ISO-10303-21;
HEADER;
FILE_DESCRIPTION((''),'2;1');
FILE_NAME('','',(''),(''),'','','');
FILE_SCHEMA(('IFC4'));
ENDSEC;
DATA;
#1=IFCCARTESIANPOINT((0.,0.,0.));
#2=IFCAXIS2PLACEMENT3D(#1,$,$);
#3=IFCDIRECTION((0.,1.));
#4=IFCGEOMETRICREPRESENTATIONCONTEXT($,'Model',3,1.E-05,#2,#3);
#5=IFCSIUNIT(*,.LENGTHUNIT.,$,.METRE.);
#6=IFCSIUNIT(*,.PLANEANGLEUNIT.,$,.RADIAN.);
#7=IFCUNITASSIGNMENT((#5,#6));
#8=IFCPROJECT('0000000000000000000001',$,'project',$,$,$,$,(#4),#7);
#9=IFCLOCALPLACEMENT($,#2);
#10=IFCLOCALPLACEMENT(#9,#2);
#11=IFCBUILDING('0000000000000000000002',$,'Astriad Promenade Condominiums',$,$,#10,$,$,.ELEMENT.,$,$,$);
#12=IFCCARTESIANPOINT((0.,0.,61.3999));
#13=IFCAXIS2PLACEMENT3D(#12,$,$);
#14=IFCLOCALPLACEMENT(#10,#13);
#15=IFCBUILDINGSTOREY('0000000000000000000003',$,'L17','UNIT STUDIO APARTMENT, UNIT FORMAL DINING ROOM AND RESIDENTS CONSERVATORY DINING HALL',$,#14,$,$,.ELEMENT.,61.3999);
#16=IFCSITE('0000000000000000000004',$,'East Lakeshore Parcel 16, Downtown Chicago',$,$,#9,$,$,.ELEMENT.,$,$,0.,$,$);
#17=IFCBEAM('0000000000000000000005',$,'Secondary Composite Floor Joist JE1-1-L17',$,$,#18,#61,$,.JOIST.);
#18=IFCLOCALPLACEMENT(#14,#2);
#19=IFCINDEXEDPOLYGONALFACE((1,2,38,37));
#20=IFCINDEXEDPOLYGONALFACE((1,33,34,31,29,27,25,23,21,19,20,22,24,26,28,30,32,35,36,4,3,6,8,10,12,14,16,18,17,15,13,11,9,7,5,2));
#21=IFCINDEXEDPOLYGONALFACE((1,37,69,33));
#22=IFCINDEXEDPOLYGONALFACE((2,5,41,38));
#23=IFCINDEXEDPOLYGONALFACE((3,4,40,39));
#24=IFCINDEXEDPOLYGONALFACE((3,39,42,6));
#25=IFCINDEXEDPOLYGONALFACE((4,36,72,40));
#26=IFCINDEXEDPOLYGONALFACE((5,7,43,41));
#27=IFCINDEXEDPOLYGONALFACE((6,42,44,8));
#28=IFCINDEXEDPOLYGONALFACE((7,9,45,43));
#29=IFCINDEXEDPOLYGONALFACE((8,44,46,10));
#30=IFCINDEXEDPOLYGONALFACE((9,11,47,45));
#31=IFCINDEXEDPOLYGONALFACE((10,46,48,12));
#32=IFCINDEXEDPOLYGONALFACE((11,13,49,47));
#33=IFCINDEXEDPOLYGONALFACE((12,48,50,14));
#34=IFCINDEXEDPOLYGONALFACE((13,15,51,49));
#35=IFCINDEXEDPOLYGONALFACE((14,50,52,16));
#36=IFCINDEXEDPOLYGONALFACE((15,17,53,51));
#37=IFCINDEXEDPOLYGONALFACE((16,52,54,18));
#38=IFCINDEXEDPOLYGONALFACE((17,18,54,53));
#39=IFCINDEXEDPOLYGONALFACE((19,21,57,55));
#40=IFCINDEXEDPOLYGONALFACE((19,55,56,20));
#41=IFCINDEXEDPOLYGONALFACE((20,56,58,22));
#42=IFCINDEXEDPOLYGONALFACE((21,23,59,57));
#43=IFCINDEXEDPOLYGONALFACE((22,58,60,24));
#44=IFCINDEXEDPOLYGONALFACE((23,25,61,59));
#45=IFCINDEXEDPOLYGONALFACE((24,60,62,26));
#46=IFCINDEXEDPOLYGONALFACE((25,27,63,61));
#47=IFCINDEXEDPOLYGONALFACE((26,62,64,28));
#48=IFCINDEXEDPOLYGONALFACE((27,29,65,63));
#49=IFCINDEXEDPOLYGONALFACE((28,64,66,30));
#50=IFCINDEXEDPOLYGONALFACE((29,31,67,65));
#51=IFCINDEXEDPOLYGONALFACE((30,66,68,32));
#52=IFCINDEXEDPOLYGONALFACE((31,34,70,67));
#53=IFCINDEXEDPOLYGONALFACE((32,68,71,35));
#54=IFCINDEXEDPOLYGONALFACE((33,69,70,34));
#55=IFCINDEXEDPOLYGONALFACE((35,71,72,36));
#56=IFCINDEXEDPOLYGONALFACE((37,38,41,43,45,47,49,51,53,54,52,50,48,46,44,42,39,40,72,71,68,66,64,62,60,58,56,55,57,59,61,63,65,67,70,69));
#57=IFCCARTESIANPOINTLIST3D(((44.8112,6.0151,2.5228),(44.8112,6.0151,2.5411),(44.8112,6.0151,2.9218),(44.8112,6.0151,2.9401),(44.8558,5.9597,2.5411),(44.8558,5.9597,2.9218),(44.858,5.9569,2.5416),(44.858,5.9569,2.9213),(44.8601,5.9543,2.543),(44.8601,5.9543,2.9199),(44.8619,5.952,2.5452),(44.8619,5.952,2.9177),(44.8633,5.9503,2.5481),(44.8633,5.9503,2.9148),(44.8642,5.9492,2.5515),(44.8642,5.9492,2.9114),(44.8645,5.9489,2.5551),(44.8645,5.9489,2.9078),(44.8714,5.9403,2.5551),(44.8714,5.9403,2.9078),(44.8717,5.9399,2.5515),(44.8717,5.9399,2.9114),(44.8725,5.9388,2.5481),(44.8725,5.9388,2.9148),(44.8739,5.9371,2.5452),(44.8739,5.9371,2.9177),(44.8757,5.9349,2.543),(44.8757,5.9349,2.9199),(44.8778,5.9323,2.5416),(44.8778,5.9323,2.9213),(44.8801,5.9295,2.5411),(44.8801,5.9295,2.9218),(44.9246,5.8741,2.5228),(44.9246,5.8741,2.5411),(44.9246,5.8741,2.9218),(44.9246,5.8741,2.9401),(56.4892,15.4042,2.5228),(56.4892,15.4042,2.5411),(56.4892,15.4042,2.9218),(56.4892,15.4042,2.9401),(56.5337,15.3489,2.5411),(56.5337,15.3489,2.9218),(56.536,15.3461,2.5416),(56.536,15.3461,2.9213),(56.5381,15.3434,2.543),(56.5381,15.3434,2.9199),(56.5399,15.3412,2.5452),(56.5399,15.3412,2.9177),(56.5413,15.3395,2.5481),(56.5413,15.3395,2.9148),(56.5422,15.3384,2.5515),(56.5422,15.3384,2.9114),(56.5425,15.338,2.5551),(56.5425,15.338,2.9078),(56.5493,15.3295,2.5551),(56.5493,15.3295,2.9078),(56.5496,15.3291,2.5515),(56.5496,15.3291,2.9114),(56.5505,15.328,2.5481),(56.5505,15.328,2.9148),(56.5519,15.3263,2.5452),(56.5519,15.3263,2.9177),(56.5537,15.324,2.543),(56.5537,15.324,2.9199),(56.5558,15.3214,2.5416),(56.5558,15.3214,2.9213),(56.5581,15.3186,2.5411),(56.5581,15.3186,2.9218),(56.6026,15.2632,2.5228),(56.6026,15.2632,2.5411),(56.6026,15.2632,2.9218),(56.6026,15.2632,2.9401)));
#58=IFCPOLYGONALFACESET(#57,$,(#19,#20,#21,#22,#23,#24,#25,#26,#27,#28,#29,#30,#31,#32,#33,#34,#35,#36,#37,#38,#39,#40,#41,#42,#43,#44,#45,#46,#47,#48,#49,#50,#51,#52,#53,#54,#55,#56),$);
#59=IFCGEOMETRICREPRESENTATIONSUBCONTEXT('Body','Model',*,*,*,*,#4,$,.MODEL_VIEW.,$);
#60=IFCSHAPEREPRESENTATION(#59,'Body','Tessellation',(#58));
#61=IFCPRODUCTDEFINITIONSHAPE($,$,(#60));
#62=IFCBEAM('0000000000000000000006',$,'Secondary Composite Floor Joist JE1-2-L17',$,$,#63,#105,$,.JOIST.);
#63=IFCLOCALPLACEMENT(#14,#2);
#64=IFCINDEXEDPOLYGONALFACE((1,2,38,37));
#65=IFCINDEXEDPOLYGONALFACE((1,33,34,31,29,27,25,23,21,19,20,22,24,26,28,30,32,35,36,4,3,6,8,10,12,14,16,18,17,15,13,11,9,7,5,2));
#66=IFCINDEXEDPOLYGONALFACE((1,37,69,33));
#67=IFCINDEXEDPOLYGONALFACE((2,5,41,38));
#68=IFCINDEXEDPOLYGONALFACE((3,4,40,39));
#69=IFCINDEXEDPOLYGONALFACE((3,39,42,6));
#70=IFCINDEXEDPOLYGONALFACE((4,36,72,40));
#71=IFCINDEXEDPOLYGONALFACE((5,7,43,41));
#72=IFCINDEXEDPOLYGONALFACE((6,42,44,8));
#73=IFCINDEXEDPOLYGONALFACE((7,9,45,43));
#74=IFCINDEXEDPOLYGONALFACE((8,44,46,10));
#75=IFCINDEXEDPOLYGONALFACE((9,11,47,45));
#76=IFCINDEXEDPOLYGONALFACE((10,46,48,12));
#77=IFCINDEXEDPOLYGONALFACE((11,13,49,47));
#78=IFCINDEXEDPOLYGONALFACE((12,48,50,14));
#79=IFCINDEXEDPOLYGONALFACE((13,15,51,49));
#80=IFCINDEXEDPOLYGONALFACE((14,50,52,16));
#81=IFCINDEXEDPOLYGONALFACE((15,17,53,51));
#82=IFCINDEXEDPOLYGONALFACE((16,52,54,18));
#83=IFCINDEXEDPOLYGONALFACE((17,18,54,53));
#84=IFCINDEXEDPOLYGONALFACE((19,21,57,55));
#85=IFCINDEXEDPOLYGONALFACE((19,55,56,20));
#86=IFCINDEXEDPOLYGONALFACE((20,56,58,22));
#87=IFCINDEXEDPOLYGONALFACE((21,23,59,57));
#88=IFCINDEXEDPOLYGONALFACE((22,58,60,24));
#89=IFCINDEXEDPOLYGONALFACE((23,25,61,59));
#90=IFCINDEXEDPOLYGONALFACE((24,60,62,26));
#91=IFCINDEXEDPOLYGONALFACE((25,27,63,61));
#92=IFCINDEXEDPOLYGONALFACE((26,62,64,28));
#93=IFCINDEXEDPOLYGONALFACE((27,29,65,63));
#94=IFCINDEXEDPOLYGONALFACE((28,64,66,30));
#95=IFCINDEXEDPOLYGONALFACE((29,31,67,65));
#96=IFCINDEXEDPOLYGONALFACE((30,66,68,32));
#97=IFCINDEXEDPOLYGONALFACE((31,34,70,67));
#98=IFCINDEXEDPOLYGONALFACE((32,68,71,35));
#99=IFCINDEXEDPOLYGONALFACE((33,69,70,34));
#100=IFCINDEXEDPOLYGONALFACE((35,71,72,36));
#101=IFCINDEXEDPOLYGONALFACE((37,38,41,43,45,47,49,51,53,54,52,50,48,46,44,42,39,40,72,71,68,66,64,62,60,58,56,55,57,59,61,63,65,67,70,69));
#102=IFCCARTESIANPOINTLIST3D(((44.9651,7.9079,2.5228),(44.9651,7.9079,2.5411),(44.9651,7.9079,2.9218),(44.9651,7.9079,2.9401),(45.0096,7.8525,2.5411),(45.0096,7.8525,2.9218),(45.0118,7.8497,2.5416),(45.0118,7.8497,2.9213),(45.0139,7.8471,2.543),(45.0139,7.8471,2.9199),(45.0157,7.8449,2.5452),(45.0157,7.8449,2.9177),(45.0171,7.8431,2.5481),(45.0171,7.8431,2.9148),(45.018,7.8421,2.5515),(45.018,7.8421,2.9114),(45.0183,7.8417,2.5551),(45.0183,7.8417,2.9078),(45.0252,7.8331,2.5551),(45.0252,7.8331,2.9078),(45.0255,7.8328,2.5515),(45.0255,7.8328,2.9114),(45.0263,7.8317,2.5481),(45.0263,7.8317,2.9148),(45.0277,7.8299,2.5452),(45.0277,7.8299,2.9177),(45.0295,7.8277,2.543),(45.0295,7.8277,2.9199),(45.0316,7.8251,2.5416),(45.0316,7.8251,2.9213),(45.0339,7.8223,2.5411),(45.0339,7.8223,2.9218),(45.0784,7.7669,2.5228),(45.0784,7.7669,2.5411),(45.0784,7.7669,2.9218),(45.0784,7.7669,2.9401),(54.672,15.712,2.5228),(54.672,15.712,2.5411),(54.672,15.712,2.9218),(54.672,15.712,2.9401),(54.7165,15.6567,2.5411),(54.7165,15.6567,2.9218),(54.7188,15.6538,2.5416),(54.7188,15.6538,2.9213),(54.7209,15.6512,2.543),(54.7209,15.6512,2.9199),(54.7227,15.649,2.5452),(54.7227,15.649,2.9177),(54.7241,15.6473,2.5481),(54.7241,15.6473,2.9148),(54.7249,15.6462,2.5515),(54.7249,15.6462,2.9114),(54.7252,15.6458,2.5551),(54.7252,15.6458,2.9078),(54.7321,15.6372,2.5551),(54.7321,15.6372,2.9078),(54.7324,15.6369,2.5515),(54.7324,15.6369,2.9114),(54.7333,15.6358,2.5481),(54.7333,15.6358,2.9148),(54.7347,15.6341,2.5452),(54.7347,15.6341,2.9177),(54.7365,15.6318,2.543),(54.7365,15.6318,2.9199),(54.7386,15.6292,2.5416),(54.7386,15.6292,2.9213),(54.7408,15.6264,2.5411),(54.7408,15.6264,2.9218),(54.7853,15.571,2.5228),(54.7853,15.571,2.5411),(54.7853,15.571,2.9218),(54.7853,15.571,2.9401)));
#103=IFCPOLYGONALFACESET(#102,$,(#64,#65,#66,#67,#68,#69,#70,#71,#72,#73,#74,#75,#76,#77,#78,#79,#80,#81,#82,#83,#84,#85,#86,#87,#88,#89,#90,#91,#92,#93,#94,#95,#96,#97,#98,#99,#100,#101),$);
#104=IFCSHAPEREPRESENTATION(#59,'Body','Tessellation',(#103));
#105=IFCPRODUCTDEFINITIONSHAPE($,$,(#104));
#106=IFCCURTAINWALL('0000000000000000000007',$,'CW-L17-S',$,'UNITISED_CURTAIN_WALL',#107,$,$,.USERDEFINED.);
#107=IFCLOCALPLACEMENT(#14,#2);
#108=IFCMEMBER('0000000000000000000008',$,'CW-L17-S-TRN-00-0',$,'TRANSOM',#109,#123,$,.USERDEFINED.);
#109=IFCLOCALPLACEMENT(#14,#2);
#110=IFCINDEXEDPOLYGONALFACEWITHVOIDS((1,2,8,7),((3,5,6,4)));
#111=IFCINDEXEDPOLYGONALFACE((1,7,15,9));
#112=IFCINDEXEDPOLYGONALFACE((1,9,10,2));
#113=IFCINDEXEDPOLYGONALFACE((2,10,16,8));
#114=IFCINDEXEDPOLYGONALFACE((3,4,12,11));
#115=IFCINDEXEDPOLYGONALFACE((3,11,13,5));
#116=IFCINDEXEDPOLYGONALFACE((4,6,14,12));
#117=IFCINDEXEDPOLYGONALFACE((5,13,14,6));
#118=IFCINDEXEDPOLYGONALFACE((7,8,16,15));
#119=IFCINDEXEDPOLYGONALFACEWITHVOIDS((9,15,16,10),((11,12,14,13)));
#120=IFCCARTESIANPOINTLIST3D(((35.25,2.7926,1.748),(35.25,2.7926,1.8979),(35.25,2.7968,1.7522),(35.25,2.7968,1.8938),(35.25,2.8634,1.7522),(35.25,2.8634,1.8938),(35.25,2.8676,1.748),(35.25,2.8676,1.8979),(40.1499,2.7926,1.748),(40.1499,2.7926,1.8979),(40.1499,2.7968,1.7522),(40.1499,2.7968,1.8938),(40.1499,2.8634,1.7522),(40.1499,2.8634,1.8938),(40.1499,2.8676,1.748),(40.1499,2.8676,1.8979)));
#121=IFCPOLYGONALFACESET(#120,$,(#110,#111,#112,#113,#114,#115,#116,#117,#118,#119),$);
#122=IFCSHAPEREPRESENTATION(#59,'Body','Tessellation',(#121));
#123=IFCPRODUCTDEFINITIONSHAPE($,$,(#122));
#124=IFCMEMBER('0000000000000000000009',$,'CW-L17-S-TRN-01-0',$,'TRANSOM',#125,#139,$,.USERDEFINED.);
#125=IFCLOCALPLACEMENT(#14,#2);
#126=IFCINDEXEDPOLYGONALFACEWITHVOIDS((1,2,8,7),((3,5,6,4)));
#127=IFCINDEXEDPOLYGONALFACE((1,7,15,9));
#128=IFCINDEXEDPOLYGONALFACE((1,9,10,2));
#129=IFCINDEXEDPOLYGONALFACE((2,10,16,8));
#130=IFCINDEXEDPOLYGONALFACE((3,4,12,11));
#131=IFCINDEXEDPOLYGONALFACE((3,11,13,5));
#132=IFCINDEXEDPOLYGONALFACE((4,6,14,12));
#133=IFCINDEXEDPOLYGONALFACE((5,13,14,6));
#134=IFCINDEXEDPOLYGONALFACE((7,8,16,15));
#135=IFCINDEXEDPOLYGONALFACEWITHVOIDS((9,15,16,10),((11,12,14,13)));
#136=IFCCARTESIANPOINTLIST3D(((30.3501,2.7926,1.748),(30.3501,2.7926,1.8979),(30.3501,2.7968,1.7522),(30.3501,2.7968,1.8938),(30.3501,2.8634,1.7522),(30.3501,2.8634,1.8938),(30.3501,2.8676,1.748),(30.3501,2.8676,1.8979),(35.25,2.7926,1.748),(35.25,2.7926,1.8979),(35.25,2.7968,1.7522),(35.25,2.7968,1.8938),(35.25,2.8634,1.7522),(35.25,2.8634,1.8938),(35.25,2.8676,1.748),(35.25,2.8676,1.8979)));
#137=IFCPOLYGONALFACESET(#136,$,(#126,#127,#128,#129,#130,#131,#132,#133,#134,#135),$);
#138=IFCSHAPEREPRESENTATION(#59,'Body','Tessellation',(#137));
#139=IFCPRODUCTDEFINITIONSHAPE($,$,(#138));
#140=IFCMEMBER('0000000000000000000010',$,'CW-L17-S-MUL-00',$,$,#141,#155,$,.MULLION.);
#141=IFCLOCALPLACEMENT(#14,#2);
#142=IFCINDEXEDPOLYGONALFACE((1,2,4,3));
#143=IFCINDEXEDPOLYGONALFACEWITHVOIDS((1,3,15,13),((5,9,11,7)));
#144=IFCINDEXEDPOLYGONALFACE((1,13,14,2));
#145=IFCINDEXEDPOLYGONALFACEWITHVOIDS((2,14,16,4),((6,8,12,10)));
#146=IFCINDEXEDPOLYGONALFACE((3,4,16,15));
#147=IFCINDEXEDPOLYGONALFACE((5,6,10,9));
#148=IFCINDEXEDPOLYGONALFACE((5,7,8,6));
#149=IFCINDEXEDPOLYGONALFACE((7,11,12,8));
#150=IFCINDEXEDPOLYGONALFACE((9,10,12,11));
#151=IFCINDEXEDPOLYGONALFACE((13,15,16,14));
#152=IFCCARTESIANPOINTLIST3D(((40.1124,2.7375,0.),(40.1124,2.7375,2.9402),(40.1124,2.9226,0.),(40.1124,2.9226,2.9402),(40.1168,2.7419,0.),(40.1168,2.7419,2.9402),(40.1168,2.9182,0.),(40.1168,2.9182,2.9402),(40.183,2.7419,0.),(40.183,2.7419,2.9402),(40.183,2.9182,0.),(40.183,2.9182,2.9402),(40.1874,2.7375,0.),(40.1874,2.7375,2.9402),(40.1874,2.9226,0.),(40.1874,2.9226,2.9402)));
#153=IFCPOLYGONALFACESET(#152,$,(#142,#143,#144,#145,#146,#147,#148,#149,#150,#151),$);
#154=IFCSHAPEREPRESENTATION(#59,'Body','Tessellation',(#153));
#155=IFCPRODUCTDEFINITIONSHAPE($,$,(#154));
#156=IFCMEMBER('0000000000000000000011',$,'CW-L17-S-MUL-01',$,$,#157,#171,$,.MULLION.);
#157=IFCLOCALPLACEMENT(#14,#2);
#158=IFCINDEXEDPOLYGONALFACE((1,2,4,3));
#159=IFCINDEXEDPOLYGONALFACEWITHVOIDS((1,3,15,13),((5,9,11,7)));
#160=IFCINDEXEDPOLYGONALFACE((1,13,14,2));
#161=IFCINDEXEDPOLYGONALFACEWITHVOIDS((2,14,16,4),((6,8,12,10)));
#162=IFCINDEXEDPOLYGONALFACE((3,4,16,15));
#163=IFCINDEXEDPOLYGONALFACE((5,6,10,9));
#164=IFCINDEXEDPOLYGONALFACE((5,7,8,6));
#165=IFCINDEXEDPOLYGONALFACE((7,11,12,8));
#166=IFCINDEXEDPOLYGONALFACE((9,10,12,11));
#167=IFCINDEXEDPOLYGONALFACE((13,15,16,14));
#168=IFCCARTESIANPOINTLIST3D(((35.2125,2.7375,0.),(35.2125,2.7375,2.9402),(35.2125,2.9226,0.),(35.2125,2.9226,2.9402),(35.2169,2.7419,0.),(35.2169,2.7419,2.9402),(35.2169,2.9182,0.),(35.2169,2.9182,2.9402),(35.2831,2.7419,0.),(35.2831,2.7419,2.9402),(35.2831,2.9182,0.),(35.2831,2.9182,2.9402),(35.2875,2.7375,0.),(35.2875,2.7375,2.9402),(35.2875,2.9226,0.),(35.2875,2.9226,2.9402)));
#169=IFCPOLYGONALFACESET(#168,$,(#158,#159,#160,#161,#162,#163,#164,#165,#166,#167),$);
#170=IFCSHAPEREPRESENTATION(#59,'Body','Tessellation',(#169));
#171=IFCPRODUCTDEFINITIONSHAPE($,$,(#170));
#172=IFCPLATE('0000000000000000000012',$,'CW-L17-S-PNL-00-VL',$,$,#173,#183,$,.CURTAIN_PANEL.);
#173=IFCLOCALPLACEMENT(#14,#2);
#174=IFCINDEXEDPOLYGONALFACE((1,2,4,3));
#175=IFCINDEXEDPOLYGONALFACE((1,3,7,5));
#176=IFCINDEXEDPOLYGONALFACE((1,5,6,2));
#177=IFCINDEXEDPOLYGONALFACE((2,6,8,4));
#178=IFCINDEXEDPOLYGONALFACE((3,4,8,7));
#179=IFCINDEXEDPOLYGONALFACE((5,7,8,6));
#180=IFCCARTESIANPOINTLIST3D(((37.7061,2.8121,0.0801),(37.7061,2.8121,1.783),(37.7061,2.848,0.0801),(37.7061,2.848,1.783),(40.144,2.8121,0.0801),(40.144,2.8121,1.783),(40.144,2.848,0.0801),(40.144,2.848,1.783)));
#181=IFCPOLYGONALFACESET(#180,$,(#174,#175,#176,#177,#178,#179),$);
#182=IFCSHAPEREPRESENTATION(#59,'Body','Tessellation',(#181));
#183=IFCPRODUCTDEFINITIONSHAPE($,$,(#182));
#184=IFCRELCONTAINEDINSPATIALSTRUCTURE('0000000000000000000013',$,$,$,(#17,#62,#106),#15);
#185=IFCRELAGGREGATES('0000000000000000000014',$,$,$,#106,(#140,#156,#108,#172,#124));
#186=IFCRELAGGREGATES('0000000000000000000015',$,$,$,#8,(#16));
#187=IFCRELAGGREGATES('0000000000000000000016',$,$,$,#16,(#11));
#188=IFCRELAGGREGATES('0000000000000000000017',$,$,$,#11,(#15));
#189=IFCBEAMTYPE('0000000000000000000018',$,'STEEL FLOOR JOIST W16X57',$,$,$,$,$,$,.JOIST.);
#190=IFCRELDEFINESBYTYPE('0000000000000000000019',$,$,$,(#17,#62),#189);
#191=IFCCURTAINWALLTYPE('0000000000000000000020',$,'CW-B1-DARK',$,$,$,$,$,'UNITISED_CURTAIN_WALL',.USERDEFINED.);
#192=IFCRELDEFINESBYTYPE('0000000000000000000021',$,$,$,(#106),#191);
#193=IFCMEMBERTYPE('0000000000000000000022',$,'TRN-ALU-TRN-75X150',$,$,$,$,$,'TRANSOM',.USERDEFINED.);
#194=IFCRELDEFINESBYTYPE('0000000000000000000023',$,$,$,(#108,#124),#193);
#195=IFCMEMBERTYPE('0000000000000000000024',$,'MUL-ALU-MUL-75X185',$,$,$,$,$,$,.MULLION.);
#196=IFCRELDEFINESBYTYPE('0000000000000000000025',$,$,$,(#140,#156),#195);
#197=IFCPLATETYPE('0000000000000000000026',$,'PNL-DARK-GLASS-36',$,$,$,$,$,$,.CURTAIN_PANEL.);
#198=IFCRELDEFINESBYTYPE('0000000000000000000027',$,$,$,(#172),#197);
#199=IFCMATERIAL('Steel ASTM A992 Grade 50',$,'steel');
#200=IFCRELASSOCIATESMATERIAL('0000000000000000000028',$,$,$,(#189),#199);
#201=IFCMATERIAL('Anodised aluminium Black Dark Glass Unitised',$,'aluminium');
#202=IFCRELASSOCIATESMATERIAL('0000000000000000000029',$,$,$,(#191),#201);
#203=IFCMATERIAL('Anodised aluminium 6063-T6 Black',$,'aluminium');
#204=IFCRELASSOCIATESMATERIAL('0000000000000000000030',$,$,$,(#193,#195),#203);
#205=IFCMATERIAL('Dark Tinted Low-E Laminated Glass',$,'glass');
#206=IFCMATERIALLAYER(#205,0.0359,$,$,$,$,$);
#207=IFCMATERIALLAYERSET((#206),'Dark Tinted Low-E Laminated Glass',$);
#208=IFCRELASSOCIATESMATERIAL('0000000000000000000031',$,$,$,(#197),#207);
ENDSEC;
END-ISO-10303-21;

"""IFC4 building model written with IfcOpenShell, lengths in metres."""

from ifc_helpers import new_model, si_unit, direction, frame, origin, origin_2d, place, context, subcontext, project, spatial, rectangle, hollow_rectangle, i_section, extrude, source, transform, mapped, material, layer, layer_set, material_profile, profile_set, type_object, type_shapes, element, aggregate, save


model = new_model("IFC4")

# Units and contexts
model_context = context("Model", 3, precision=1e-05, world=origin(), true_north=direction((0.0, 1.0)))
body_context = subcontext(model_context, "Body", "Model", "MODEL_VIEW")
ifc_project = project(units=[si_unit("LENGTHUNIT", "METRE"), si_unit("PLANEANGLEUNIT", "RADIAN")], contexts=[model_context])

# Site, building, storey
site_placement = place(None, origin())
site = spatial("IfcSite", under=ifc_project, at=site_placement, Name="East Lakeshore Parcel 16, Downtown Chicago", CompositionType="ELEMENT", RefElevation=0.0)
building_placement = place(site_placement, origin())
building = spatial("IfcBuilding", under=site, at=building_placement, Name="Astriad Promenade Condominiums", CompositionType="ELEMENT")
storey_placement = place(building_placement, frame((0.0, 0.0, 61.3999)))
storey = spatial("IfcBuildingStorey", under=building, at=storey_placement, Name="L17", Description="UNIT STUDIO APARTMENT, UNIT FORMAL DINING ROOM AND RESIDENTS CONSERVATORY DINING HALL", CompositionType="ELEMENT", Elevation=61.3999)

# Beams
ifc_material_1 = material(Name="Steel ASTM A992 Grade 50", Category="steel")
ifc_material_profile_1 = material_profile(ifc_material_1, i_section(OverallWidth=0.1809, OverallDepth=0.4172, WebThickness=0.011, FlangeThickness=0.0183, FilletRadius=0.0139, at=origin_2d()), Name="W16X57")
ifc_profile_set_1 = profile_set([ifc_material_profile_1], Name="Steel ASTM A992 Grade 50")
beam_type_1 = type_object("IfcBeamType", Name="STEEL FLOOR JOIST W16X57", PredefinedType="JOIST", material=ifc_profile_set_1)
shared_shape_1 = source(origin(), body_context, "Body", "SweptSolid", [
    extrude(i_section(OverallWidth=0.1809, OverallDepth=0.4172, WebThickness=0.011, FlangeThickness=0.0183, FilletRadius=0.0139, at=origin_2d()), origin(), (0.0, 0.0, 1.0), 14.9844),
])
beam_1_placement = place(storey_placement, frame((44.8679, 5.9446, 2.7314), z_axis=(0.779344, 0.626597, 0.0), x_axis=(-0.626597, 0.779344, 0.0)))
element("IfcBeam", 1, at=beam_1_placement, inside=storey, type_object=beam_type_1, Name="Secondary Composite Floor Joist JE1-1-L17", PredefinedType="JOIST", context=body_context, shape_type="MappedRepresentation", body=[
    mapped(shared_shape_1, transform((0.0, 0.0, 0.0), scale=1.0)),
])
shared_shape_2 = source(origin(), body_context, "Body", "SweptSolid", [
    extrude(i_section(OverallWidth=0.1809, OverallDepth=0.4172, WebThickness=0.011, FlangeThickness=0.0183, FilletRadius=0.0139, at=origin_2d()), origin(), (0.0, 0.0, 1.0), 12.4551),
])
type_shapes(beam_type_1, [shared_shape_1, shared_shape_2])
beam_2_placement = place(storey_placement, frame((45.0217, 7.8374, 2.7314), z_axis=(0.779356, 0.626582, 0.0), x_axis=(-0.626582, 0.779356, 0.0)))
element("IfcBeam", 2, at=beam_2_placement, inside=storey, type_object=beam_type_1, Name="Secondary Composite Floor Joist JE1-2-L17", PredefinedType="JOIST", context=body_context, shape_type="MappedRepresentation", body=[
    mapped(shared_shape_2, transform((0.0, 0.0, 0.0), scale=1.0)),
])

# Curtain wall, members, plate
ifc_material_2 = material(Name="Anodised aluminium Black Dark Glass Unitised", Category="aluminium")
curtain_wall_type = type_object("IfcCurtainWallType", Name="CW-B1-DARK", ElementType="UNITISED_CURTAIN_WALL", PredefinedType="USERDEFINED", material=ifc_material_2)
curtain_wall_placement = place(storey_placement, origin())
curtain_wall = element("IfcCurtainWall", 3, at=curtain_wall_placement, inside=storey, type_object=curtain_wall_type, Name="CW-L17-S", ObjectType="UNITISED_CURTAIN_WALL", PredefinedType="USERDEFINED")
ifc_material_3 = material(Name="Anodised aluminium 6063-T6 Black", Category="aluminium")
ifc_material_profile_2 = material_profile(ifc_material_3, hollow_rectangle(XDim=0.075, YDim=0.1499, WallThickness=0.0042, at=origin_2d()), Name="ALU-TRN-75X150")
ifc_profile_set_2 = profile_set([ifc_material_profile_2], Name="Anodised aluminium 6063-T6 Black")
member_type_1 = type_object("IfcMemberType", Name="TRN-ALU-TRN-75X150", ElementType="TRANSOM", PredefinedType="USERDEFINED", material=ifc_profile_set_2)
shared_shape_3 = source(origin(), body_context, "Body", "SweptSolid", [
    extrude(hollow_rectangle(XDim=0.075, YDim=0.1499, WallThickness=0.0042, at=origin_2d()), origin(), (0.0, 0.0, 1.0), 4.8999),
])
type_shapes(member_type_1, [shared_shape_3])
member_1_placement = place(storey_placement, frame((40.1499, 2.8301, 1.823), z_axis=(-1.0, 0.0, 0.0), x_axis=(0.0, -1.0, 0.0)))
member_1 = element("IfcMember", 4, at=member_1_placement, type_object=member_type_1, Name="CW-L17-S-TRN-00-0", ObjectType="TRANSOM", PredefinedType="USERDEFINED", context=body_context, shape_type="MappedRepresentation", body=[
    mapped(shared_shape_3, transform((0.0, 0.0, 0.0), scale=1.0)),
])
member_2_placement = place(storey_placement, frame((35.25, 2.8301, 1.823), z_axis=(-1.0, 0.0, 0.0), x_axis=(0.0, -1.0, 0.0)))
member_2 = element("IfcMember", 5, at=member_2_placement, type_object=member_type_1, Name="CW-L17-S-TRN-01-0", ObjectType="TRANSOM", PredefinedType="USERDEFINED", context=body_context, shape_type="MappedRepresentation", body=[
    mapped(shared_shape_3, transform((0.0, 0.0, 0.0), scale=1.0)),
])
ifc_material_profile_3 = material_profile(ifc_material_3, hollow_rectangle(XDim=0.075, YDim=0.1851, WallThickness=0.0044, at=origin_2d()), Name="ALU-MUL-75X185")
ifc_profile_set_3 = profile_set([ifc_material_profile_3], Name="Anodised aluminium 6063-T6 Black")
member_type_2 = type_object("IfcMemberType", Name="MUL-ALU-MUL-75X185", PredefinedType="MULLION", material=ifc_profile_set_3)
shared_shape_4 = source(origin(), body_context, "Body", "SweptSolid", [
    extrude(hollow_rectangle(XDim=0.075, YDim=0.1851, WallThickness=0.0044, at=origin_2d()), origin(), (0.0, 0.0, 1.0), 2.9402),
])
type_shapes(member_type_2, [shared_shape_4])
member_3_placement = place(storey_placement, frame((40.1499, 2.8301, 0.0), z_axis=(0.0, 0.0, 1.0), x_axis=(1.0, 0.0, 0.0)))
member_3 = element("IfcMember", 6, at=member_3_placement, type_object=member_type_2, Name="CW-L17-S-MUL-00", PredefinedType="MULLION", context=body_context, shape_type="MappedRepresentation", body=[
    mapped(shared_shape_4, transform((0.0, 0.0, 0.0), scale=1.0)),
])
member_4_placement = place(storey_placement, frame((35.25, 2.8301, 0.0), z_axis=(0.0, 0.0, 1.0), x_axis=(1.0, 0.0, 0.0)))
member_4 = element("IfcMember", 7, at=member_4_placement, type_object=member_type_2, Name="CW-L17-S-MUL-01", PredefinedType="MULLION", context=body_context, shape_type="MappedRepresentation", body=[
    mapped(shared_shape_4, transform((0.0, 0.0, 0.0), scale=1.0)),
])
ifc_material_4 = material(Name="Dark Tinted Low-E Laminated Glass", Category="glass")
ifc_layer_1 = layer(ifc_material_4, 0.0359)
ifc_layer_set_1 = layer_set([ifc_layer_1], Name="Dark Tinted Low-E Laminated Glass")
plate_type = type_object("IfcPlateType", Name="PNL-DARK-GLASS-36", PredefinedType="CURTAIN_PANEL", material=ifc_layer_set_1)
shared_shape_5 = source(origin(), body_context, "Body", "SweptSolid", [
    extrude(rectangle(XDim=2.438, YDim=0.0359, at=origin_2d()), origin(), (0.0, 0.0, 1.0), 1.7029),
])
plate_1_placement = place(storey_placement, frame((38.925, 2.8301, 0.0801), z_axis=(0.0, 0.0, 1.0), x_axis=(-1.0, 0.0, 0.0)))
plate_1 = element("IfcPlate", 8, at=plate_1_placement, type_object=plate_type, Name="CW-L17-S-PNL-00-VL", PredefinedType="CURTAIN_PANEL", context=body_context, shape_type="MappedRepresentation", body=[
    mapped(shared_shape_5, transform((0.0, 0.0, 0.0), scale=1.0)),
])
aggregate(curtain_wall, [member_3, member_4, member_1, plate_1, member_2])

save(model, "model.ifc")
